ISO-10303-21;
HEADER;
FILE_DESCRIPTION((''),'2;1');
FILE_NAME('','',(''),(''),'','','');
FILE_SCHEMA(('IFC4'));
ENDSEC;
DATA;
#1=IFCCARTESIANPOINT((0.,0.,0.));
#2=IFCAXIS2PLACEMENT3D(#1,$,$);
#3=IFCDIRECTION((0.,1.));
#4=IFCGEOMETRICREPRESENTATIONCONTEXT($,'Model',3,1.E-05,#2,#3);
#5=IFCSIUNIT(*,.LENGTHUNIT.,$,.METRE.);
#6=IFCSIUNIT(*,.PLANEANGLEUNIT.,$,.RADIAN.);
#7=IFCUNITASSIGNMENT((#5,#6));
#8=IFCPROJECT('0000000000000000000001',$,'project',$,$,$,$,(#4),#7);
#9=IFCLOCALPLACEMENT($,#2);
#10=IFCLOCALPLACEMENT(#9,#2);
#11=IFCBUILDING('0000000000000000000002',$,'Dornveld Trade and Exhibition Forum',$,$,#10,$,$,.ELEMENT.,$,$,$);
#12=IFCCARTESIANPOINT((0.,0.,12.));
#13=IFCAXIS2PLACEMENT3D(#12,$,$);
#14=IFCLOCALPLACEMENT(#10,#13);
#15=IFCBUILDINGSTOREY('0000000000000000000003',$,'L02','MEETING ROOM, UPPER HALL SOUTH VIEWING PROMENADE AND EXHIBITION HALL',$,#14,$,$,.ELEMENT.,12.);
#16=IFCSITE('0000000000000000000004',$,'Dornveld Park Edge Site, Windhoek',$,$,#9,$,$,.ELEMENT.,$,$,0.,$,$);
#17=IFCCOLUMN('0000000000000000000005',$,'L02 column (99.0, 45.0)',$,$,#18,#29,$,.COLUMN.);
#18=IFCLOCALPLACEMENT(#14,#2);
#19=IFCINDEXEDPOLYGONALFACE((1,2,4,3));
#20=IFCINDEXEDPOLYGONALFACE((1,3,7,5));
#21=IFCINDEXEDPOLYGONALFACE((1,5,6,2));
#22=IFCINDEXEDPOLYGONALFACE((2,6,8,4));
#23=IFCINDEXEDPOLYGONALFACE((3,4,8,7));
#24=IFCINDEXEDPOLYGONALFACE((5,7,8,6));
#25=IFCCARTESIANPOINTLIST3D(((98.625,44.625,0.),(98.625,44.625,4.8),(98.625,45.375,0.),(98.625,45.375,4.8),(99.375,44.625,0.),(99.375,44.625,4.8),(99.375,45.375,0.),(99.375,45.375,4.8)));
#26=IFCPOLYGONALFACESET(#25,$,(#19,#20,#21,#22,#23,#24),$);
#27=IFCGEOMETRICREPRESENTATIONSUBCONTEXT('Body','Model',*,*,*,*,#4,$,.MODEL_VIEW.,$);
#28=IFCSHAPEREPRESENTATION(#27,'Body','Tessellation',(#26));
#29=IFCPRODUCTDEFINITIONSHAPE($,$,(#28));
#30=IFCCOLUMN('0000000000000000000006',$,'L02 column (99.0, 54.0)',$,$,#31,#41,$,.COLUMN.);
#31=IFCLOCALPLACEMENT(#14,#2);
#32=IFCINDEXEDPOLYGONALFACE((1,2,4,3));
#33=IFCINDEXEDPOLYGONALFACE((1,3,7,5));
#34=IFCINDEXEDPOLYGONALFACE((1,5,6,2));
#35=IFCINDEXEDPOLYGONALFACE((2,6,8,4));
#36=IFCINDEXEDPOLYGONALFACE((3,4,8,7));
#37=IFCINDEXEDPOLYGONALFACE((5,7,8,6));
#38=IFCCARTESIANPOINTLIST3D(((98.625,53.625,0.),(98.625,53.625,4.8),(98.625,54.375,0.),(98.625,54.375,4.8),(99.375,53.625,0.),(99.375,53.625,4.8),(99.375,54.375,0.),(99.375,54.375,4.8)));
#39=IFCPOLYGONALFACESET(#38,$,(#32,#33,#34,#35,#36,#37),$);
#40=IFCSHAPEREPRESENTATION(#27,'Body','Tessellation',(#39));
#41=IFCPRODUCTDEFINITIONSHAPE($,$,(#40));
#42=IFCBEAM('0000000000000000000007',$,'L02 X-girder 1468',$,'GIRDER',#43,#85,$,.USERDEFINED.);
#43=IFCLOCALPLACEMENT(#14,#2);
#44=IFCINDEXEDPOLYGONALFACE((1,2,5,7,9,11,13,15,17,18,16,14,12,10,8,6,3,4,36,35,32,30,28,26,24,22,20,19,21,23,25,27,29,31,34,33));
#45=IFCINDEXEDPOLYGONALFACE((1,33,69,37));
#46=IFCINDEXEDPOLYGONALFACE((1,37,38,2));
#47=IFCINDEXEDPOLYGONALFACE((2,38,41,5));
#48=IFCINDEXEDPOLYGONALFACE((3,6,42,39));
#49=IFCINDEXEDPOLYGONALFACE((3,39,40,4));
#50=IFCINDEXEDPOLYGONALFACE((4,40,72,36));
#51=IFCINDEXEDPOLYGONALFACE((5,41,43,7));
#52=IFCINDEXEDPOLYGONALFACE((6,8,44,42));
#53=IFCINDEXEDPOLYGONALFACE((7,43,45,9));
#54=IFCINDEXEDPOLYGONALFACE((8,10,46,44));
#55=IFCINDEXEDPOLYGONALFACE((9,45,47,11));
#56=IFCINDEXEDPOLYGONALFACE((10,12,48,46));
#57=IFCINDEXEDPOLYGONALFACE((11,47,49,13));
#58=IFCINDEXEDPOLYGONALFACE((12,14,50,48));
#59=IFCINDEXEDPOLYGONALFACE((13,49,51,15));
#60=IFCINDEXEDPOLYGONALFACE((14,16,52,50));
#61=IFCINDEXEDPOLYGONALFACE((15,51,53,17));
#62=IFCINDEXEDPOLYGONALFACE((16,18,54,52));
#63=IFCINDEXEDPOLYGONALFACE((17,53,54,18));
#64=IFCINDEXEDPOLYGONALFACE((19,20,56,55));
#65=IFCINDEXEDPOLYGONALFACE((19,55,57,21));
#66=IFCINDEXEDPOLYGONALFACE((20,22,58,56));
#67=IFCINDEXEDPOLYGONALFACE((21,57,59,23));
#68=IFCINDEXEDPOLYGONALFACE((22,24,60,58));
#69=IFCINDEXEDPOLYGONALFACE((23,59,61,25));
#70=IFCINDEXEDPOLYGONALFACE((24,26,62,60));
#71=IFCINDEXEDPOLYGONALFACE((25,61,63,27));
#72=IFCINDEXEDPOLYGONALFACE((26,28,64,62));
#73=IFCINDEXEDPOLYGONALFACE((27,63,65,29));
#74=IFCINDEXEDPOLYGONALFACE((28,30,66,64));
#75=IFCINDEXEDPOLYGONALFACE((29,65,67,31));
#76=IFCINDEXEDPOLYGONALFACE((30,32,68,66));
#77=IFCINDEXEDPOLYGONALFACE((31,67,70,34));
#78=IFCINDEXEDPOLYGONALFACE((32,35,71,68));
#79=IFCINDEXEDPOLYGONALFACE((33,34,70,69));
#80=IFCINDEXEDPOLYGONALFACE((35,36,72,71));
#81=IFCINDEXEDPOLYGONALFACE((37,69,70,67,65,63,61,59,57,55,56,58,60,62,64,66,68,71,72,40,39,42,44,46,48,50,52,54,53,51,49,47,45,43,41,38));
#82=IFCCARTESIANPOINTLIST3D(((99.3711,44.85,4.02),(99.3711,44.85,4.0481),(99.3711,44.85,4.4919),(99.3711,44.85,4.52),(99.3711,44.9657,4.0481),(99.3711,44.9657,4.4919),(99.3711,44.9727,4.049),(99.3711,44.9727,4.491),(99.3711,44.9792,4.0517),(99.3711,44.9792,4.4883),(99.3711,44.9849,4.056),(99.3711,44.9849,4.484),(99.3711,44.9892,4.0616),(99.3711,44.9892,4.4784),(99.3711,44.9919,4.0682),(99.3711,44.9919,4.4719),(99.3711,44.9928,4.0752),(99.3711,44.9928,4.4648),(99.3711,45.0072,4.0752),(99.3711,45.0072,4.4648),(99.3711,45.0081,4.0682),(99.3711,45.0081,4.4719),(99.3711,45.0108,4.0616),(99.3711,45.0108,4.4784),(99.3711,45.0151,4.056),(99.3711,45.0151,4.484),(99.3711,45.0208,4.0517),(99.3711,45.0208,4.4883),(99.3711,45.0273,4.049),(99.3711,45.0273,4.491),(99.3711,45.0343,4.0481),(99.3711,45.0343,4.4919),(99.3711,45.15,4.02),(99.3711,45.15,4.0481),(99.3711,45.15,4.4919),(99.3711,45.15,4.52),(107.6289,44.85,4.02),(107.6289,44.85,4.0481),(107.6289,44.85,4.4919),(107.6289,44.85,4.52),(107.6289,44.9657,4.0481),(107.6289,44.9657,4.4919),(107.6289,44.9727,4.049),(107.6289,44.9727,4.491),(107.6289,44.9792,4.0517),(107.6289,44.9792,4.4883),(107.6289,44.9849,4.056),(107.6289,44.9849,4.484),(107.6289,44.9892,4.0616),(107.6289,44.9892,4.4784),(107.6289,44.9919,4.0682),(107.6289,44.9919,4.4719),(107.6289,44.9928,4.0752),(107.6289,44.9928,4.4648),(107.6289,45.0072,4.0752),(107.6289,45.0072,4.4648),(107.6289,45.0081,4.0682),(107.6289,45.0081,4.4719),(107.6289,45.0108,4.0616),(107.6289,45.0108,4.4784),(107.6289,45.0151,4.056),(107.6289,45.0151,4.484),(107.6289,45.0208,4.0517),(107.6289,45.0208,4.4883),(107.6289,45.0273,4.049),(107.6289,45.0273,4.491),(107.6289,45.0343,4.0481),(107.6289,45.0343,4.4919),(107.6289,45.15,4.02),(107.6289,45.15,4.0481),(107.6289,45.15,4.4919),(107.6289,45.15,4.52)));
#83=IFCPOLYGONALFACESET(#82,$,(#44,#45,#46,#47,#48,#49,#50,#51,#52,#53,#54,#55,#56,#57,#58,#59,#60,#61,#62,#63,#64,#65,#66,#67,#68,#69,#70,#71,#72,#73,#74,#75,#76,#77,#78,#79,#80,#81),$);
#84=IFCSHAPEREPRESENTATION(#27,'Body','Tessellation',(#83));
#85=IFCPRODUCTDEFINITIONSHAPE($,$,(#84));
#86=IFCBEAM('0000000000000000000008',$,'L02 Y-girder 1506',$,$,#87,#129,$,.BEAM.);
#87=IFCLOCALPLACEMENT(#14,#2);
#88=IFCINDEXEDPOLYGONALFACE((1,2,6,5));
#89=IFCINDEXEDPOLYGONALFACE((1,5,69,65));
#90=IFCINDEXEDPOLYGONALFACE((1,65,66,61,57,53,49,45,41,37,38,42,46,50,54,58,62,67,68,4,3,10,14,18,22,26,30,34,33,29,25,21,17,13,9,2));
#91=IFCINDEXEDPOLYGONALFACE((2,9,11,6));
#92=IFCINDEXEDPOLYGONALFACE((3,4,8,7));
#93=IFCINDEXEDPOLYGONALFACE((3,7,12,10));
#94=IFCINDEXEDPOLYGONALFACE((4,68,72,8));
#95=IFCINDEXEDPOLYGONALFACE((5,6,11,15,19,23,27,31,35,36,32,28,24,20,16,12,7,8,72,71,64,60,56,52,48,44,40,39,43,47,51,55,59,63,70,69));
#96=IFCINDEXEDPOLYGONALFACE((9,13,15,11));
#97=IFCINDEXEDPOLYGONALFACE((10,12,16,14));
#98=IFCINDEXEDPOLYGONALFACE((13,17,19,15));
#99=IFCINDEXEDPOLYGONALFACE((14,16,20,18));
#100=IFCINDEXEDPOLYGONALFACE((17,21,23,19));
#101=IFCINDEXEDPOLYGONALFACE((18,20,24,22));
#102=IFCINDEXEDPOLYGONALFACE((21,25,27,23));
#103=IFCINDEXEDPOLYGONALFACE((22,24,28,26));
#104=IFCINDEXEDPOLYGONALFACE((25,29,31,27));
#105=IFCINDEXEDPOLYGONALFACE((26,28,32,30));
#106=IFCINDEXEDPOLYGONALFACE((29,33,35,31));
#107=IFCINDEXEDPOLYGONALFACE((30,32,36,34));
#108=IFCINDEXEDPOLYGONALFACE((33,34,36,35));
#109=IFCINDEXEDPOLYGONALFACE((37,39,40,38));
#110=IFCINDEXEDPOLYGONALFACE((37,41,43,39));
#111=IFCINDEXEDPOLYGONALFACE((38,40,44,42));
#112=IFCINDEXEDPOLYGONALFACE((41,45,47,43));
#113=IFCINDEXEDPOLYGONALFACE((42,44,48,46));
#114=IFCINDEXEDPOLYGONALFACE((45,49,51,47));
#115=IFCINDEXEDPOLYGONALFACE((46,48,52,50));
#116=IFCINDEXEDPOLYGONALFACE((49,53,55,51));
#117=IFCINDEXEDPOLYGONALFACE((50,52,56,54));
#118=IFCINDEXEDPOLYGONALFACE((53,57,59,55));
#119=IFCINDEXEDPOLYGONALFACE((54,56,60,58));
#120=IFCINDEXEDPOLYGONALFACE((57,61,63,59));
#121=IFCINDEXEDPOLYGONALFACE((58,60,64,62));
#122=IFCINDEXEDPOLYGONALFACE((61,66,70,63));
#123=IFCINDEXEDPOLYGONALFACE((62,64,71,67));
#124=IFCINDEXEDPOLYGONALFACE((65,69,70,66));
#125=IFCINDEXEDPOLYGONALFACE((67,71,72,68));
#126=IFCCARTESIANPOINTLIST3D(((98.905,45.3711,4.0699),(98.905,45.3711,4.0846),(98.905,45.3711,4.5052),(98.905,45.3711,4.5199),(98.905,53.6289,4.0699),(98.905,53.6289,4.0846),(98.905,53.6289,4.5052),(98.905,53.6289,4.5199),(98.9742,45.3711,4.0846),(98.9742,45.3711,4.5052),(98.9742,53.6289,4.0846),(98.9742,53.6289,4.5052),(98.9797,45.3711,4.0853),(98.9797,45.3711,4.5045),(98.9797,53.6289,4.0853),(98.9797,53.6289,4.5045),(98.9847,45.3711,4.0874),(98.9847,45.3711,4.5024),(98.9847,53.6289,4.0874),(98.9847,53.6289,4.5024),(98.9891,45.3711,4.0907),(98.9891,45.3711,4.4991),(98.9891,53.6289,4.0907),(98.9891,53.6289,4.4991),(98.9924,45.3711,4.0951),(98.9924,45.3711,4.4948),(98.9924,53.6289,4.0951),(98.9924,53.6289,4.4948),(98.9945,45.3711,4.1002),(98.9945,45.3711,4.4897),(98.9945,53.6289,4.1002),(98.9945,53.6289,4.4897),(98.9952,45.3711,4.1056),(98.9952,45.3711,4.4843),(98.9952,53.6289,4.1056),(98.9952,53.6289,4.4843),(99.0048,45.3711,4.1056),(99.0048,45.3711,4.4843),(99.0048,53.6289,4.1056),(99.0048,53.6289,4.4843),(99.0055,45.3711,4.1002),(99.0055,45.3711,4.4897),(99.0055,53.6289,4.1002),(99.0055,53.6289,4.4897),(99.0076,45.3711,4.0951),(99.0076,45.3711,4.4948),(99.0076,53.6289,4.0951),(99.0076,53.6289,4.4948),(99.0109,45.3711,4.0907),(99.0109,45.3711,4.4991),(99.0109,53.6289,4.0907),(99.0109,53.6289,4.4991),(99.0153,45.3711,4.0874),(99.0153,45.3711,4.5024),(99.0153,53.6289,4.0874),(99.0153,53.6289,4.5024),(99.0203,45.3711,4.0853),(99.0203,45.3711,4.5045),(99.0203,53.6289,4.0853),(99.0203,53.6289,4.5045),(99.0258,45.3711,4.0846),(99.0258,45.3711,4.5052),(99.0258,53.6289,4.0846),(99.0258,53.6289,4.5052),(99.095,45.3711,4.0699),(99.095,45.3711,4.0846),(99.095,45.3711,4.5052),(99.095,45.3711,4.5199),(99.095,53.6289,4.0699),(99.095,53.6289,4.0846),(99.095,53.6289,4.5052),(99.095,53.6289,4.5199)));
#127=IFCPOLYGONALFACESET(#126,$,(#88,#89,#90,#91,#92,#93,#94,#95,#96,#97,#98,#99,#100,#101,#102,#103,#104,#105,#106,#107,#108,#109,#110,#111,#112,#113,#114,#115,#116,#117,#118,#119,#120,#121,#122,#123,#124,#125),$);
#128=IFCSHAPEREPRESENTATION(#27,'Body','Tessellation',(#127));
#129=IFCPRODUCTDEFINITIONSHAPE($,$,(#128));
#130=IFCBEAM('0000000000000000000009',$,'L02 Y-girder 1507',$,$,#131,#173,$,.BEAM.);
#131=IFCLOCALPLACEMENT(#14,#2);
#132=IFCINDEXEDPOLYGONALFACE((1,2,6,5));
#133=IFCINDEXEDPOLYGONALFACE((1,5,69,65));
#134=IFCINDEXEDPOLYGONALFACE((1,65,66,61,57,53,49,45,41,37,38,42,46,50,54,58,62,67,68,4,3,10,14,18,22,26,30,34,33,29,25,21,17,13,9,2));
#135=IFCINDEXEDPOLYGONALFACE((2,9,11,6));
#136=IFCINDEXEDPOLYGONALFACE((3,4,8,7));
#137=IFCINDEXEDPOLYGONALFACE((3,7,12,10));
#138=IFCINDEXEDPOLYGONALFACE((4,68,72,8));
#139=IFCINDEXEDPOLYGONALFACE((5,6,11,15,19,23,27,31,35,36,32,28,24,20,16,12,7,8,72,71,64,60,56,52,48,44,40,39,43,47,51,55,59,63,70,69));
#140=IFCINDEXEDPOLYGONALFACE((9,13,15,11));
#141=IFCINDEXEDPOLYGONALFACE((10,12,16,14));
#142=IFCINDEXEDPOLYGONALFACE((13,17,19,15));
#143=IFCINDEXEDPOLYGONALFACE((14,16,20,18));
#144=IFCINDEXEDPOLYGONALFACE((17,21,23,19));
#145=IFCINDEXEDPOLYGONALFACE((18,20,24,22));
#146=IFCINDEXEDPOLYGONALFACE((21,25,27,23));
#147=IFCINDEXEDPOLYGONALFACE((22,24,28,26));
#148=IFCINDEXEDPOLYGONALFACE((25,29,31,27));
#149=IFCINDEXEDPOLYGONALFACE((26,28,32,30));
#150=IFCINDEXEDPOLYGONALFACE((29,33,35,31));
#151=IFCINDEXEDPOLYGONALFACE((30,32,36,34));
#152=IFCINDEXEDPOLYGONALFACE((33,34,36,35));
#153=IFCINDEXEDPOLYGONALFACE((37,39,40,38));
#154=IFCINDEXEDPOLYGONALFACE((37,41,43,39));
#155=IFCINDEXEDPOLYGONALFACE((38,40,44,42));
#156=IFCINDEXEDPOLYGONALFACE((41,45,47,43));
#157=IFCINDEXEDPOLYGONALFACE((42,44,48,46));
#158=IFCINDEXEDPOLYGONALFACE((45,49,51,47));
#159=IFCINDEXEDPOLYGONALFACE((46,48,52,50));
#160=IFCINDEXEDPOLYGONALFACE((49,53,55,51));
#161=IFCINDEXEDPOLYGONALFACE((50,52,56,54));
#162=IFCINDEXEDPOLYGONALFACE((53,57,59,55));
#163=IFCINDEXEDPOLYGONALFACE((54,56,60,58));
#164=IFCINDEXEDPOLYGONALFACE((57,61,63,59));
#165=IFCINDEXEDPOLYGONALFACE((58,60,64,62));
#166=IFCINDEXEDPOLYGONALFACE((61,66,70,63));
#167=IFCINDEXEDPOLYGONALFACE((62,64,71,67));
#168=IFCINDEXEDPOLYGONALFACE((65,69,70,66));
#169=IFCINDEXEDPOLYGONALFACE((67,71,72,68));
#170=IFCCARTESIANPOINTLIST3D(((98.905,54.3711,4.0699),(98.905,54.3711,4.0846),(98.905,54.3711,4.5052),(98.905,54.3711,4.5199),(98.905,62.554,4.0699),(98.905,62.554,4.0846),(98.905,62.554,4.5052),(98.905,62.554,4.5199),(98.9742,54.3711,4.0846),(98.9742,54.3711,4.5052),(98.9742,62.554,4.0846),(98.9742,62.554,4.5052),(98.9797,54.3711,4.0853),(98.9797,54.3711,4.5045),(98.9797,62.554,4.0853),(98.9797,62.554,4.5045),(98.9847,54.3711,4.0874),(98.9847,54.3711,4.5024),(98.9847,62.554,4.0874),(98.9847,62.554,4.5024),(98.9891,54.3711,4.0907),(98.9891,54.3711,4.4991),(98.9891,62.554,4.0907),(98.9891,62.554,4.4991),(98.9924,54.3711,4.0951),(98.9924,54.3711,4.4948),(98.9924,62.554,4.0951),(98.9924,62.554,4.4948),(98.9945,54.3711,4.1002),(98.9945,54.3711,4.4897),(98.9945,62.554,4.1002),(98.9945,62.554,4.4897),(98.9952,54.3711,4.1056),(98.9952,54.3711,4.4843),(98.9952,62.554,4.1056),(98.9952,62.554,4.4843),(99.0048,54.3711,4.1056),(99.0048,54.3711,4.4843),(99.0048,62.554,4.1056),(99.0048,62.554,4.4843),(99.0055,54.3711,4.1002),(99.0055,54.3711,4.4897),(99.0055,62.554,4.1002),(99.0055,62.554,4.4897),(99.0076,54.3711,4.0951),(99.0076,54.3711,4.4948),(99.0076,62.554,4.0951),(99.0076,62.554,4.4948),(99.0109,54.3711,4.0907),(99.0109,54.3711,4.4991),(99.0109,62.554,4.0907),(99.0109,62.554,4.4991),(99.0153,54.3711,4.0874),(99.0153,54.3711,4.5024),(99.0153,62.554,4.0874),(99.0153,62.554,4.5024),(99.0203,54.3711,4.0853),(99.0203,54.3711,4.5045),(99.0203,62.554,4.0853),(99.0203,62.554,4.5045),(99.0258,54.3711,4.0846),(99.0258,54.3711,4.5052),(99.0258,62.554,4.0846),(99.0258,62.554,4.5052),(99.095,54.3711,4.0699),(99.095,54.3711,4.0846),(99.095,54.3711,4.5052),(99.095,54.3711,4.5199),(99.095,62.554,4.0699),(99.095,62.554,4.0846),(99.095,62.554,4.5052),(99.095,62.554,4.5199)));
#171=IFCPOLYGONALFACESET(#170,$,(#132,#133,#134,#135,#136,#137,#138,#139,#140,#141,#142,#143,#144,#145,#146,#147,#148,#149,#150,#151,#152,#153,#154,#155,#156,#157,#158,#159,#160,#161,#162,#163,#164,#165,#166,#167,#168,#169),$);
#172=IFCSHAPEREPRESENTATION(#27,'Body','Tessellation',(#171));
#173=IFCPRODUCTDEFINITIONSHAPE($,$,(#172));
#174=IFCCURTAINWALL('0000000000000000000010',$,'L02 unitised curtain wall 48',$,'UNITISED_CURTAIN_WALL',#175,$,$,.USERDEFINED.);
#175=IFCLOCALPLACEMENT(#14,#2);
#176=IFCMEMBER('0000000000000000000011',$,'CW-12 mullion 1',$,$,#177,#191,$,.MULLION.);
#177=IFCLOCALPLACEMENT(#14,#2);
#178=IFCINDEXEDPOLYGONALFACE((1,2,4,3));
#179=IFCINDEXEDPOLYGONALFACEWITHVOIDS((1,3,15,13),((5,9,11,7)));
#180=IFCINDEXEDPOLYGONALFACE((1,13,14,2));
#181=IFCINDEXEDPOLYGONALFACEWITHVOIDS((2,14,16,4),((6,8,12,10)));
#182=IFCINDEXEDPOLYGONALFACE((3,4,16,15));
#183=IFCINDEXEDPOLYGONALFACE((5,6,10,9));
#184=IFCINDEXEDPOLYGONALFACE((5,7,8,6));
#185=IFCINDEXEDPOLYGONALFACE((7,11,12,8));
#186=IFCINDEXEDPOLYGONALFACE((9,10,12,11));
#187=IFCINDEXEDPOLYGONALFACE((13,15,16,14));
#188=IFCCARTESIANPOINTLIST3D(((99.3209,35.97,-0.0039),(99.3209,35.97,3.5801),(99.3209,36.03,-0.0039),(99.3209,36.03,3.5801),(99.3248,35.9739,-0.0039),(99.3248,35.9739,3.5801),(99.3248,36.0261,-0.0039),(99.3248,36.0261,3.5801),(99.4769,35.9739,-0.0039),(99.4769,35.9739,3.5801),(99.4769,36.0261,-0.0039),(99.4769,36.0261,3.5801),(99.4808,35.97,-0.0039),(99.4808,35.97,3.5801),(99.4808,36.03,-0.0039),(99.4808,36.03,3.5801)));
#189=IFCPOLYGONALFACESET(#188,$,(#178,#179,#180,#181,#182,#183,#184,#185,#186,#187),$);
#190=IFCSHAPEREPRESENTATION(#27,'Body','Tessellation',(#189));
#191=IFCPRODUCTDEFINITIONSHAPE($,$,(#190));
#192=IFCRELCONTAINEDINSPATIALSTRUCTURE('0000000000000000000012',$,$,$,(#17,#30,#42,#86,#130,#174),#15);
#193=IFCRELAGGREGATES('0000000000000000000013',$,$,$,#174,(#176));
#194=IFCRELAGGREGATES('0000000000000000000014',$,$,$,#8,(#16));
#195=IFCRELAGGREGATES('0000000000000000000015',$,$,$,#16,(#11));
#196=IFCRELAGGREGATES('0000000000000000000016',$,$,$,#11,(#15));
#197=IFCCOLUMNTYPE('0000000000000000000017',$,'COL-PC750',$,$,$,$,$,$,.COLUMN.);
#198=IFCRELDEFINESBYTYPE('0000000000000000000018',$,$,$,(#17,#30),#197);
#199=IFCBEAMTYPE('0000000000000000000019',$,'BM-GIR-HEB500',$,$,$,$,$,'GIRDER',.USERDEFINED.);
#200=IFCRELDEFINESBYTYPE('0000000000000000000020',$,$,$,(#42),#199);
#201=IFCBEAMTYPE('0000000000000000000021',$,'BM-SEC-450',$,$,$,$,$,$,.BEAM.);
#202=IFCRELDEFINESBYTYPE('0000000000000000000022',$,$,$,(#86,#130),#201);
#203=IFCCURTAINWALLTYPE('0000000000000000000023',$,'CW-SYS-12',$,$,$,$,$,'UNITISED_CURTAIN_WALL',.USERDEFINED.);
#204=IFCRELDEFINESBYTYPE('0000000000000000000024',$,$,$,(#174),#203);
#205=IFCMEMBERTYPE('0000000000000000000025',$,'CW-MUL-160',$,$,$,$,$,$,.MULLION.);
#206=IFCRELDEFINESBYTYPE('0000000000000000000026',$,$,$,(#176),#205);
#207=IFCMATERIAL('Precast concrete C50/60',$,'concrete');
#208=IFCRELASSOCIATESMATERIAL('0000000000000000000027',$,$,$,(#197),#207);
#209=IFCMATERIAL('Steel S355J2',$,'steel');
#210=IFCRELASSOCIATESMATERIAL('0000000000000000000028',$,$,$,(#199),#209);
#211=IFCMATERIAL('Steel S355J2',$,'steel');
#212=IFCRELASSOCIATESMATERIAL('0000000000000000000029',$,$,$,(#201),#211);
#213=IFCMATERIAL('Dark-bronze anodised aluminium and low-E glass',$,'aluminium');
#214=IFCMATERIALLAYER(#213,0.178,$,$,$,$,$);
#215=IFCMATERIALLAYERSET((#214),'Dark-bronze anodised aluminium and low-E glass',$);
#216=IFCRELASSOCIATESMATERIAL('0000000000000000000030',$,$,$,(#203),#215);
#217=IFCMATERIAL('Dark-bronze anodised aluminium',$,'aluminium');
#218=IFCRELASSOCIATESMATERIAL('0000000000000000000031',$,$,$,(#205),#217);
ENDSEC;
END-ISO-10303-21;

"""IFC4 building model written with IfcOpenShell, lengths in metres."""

from ifc_helpers import new_model, si_unit, direction, frame, origin, origin_2d, place, context, subcontext, project, spatial, rectangle, hollow_rectangle, i_section, extrude, material, layer, layer_set, material_profile, profile_set, type_object, element, aggregate, save


model = new_model("IFC4")

# Units and contexts
model_context = context("Model", 3, precision=1e-05, world=origin(), true_north=direction((0.0, 1.0)))
body_context = subcontext(model_context, "Body", "Model", "MODEL_VIEW")
ifc_project = project(units=[si_unit("LENGTHUNIT", "METRE"), si_unit("PLANEANGLEUNIT", "RADIAN")], contexts=[model_context])

# Site, building, storey
site_placement = place(None, origin())
site = spatial("IfcSite", under=ifc_project, at=site_placement, Name="Dornveld Park Edge Site, Windhoek", CompositionType="ELEMENT", RefElevation=0.0)
building_placement = place(site_placement, origin())
building = spatial("IfcBuilding", under=site, at=building_placement, Name="Dornveld Trade and Exhibition Forum", CompositionType="ELEMENT")
storey_placement = place(building_placement, frame((0.0, 0.0, 12.0)))
storey = spatial("IfcBuildingStorey", under=building, at=storey_placement, Name="L02", Description="MEETING ROOM, UPPER HALL SOUTH VIEWING PROMENADE AND EXHIBITION HALL", CompositionType="ELEMENT", Elevation=12.0)

# Columns
ifc_material_1 = material(Name="Precast concrete C50/60", Category="concrete")
ifc_material_profile_1 = material_profile(ifc_material_1, rectangle(XDim=0.75, YDim=0.75, at=origin_2d()), Name="PC-COL 750x750")
ifc_profile_set_1 = profile_set([ifc_material_profile_1], Name="Precast concrete C50/60")
column_type = type_object("IfcColumnType", Name="COL-PC750", PredefinedType="COLUMN", material=ifc_profile_set_1)
for number, where, z_axis, x_axis, name in (
    (1, (99.0, 45.0, 0.0), (0.0, 0.0, 1.0), (1.0, 0.0, 0.0), "L02 column (99.0, 45.0)"),
    (2, (99.0, 54.0, 0.0), (0.0, 0.0, 1.0), (1.0, 0.0, 0.0), "L02 column (99.0, 54.0)"),
):
    element("IfcColumn", number, at=place(storey_placement, frame(where, z_axis=z_axis, x_axis=x_axis)), inside=storey, type_object=column_type, Name=name, PredefinedType="COLUMN", context=body_context, shape_type="SweptSolid", body=[
        extrude(rectangle(XDim=0.75, YDim=0.75, at=origin_2d()), origin(), (0.0, 0.0, 1.0), 4.8),
    ])

# Beams
ifc_material_2 = material(Name="Steel S355J2", Category="steel")
ifc_material_profile_2 = material_profile(ifc_material_2, i_section(OverallWidth=0.3, OverallDepth=0.5, WebThickness=0.0144, FlangeThickness=0.0281, FilletRadius=0.0271, at=origin_2d()), Name="HEB 500")
ifc_profile_set_2 = profile_set([ifc_material_profile_2], Name="Steel S355J2")
beam_type_1 = type_object("IfcBeamType", Name="BM-GIR-HEB500", ElementType="GIRDER", PredefinedType="USERDEFINED", material=ifc_profile_set_2)
beam_1_placement = place(storey_placement, frame((99.3711, 45.0, 4.27), z_axis=(1.0, 0.0, 0.0), x_axis=(0.0, 1.0, 0.0)))
element("IfcBeam", 3, at=beam_1_placement, inside=storey, type_object=beam_type_1, Name="L02 X-girder 1468", ObjectType="GIRDER", PredefinedType="USERDEFINED", context=body_context, shape_type="SweptSolid", body=[
    extrude(i_section(OverallWidth=0.3, OverallDepth=0.5, WebThickness=0.0144, FlangeThickness=0.0281, FilletRadius=0.0271, at=origin_2d()), origin(), (0.0, 0.0, 1.0), 8.2578),
])
ifc_material_3 = material(Name="Steel S355J2", Category="steel")
ifc_material_profile_3 = material_profile(ifc_material_3, i_section(OverallWidth=0.1899, OverallDepth=0.45, WebThickness=0.0095, FlangeThickness=0.0146, FilletRadius=0.021, at=origin_2d()), Name="IPE 450")
ifc_profile_set_3 = profile_set([ifc_material_profile_3], Name="Steel S355J2")
beam_type_2 = type_object("IfcBeamType", Name="BM-SEC-450", PredefinedType="BEAM", material=ifc_profile_set_3)
beam_2_placement = place(storey_placement, frame((99.0, 45.3711, 4.2949), z_axis=(0.0, 1.0, 0.0), x_axis=(-1.0, 0.0, 0.0)))
element("IfcBeam", 4, at=beam_2_placement, inside=storey, type_object=beam_type_2, Name="L02 Y-girder 1506", PredefinedType="BEAM", context=body_context, shape_type="SweptSolid", body=[
    extrude(i_section(OverallWidth=0.1899, OverallDepth=0.45, WebThickness=0.0095, FlangeThickness=0.0146, FilletRadius=0.021, at=origin_2d()), origin(), (0.0, 0.0, 1.0), 8.2578),
])
beam_3_placement = place(storey_placement, frame((99.0, 54.3711, 4.2949), z_axis=(0.0, 1.0, 0.0), x_axis=(-1.0, 0.0, 0.0)))
element("IfcBeam", 5, at=beam_3_placement, inside=storey, type_object=beam_type_2, Name="L02 Y-girder 1507", PredefinedType="BEAM", context=body_context, shape_type="SweptSolid", body=[
    extrude(i_section(OverallWidth=0.1899, OverallDepth=0.45, WebThickness=0.0095, FlangeThickness=0.0146, FilletRadius=0.021, at=origin_2d()), origin(), (0.0, 0.0, 1.0), 8.1829),
])

# Curtain wall, member
ifc_material_4 = material(Name="Dark-bronze anodised aluminium and low-E glass", Category="aluminium")
ifc_layer_1 = layer(ifc_material_4, 0.178)
ifc_layer_set_1 = layer_set([ifc_layer_1], Name="Dark-bronze anodised aluminium and low-E glass")
curtain_wall_type = type_object("IfcCurtainWallType", Name="CW-SYS-12", ElementType="UNITISED_CURTAIN_WALL", PredefinedType="USERDEFINED", material=ifc_layer_set_1)
curtain_wall_placement = place(storey_placement, origin())
curtain_wall = element("IfcCurtainWall", 6, at=curtain_wall_placement, inside=storey, type_object=curtain_wall_type, Name="L02 unitised curtain wall 48", ObjectType="UNITISED_CURTAIN_WALL", PredefinedType="USERDEFINED")
ifc_material_5 = material(Name="Dark-bronze anodised aluminium", Category="aluminium")
ifc_material_profile_4 = material_profile(ifc_material_5, hollow_rectangle(XDim=0.0601, YDim=0.1599, WallThickness=0.0039, at=origin_2d()), Name="RHS 160x60x4")
ifc_profile_set_4 = profile_set([ifc_material_profile_4], Name="Dark-bronze anodised aluminium")
member_type_1 = type_object("IfcMemberType", Name="CW-MUL-160", PredefinedType="MULLION", material=ifc_profile_set_4)
member_1_placement = place(storey_placement, frame((99.4009, 36.0, -0.0039), z_axis=(0.0, 0.0, 1.0), x_axis=(0.0, 1.0, 0.0)))
member_1 = element("IfcMember", 7, at=member_1_placement, type_object=member_type_1, Name="CW-12 mullion 1", PredefinedType="MULLION", context=body_context, shape_type="SweptSolid", body=[
    extrude(hollow_rectangle(XDim=0.0601, YDim=0.1599, WallThickness=0.0039, at=origin_2d()), origin(), (0.0, 0.0, 1.0), 3.584),
])
aggregate(curtain_wall, [member_1])

save(model, "model.ifc")
